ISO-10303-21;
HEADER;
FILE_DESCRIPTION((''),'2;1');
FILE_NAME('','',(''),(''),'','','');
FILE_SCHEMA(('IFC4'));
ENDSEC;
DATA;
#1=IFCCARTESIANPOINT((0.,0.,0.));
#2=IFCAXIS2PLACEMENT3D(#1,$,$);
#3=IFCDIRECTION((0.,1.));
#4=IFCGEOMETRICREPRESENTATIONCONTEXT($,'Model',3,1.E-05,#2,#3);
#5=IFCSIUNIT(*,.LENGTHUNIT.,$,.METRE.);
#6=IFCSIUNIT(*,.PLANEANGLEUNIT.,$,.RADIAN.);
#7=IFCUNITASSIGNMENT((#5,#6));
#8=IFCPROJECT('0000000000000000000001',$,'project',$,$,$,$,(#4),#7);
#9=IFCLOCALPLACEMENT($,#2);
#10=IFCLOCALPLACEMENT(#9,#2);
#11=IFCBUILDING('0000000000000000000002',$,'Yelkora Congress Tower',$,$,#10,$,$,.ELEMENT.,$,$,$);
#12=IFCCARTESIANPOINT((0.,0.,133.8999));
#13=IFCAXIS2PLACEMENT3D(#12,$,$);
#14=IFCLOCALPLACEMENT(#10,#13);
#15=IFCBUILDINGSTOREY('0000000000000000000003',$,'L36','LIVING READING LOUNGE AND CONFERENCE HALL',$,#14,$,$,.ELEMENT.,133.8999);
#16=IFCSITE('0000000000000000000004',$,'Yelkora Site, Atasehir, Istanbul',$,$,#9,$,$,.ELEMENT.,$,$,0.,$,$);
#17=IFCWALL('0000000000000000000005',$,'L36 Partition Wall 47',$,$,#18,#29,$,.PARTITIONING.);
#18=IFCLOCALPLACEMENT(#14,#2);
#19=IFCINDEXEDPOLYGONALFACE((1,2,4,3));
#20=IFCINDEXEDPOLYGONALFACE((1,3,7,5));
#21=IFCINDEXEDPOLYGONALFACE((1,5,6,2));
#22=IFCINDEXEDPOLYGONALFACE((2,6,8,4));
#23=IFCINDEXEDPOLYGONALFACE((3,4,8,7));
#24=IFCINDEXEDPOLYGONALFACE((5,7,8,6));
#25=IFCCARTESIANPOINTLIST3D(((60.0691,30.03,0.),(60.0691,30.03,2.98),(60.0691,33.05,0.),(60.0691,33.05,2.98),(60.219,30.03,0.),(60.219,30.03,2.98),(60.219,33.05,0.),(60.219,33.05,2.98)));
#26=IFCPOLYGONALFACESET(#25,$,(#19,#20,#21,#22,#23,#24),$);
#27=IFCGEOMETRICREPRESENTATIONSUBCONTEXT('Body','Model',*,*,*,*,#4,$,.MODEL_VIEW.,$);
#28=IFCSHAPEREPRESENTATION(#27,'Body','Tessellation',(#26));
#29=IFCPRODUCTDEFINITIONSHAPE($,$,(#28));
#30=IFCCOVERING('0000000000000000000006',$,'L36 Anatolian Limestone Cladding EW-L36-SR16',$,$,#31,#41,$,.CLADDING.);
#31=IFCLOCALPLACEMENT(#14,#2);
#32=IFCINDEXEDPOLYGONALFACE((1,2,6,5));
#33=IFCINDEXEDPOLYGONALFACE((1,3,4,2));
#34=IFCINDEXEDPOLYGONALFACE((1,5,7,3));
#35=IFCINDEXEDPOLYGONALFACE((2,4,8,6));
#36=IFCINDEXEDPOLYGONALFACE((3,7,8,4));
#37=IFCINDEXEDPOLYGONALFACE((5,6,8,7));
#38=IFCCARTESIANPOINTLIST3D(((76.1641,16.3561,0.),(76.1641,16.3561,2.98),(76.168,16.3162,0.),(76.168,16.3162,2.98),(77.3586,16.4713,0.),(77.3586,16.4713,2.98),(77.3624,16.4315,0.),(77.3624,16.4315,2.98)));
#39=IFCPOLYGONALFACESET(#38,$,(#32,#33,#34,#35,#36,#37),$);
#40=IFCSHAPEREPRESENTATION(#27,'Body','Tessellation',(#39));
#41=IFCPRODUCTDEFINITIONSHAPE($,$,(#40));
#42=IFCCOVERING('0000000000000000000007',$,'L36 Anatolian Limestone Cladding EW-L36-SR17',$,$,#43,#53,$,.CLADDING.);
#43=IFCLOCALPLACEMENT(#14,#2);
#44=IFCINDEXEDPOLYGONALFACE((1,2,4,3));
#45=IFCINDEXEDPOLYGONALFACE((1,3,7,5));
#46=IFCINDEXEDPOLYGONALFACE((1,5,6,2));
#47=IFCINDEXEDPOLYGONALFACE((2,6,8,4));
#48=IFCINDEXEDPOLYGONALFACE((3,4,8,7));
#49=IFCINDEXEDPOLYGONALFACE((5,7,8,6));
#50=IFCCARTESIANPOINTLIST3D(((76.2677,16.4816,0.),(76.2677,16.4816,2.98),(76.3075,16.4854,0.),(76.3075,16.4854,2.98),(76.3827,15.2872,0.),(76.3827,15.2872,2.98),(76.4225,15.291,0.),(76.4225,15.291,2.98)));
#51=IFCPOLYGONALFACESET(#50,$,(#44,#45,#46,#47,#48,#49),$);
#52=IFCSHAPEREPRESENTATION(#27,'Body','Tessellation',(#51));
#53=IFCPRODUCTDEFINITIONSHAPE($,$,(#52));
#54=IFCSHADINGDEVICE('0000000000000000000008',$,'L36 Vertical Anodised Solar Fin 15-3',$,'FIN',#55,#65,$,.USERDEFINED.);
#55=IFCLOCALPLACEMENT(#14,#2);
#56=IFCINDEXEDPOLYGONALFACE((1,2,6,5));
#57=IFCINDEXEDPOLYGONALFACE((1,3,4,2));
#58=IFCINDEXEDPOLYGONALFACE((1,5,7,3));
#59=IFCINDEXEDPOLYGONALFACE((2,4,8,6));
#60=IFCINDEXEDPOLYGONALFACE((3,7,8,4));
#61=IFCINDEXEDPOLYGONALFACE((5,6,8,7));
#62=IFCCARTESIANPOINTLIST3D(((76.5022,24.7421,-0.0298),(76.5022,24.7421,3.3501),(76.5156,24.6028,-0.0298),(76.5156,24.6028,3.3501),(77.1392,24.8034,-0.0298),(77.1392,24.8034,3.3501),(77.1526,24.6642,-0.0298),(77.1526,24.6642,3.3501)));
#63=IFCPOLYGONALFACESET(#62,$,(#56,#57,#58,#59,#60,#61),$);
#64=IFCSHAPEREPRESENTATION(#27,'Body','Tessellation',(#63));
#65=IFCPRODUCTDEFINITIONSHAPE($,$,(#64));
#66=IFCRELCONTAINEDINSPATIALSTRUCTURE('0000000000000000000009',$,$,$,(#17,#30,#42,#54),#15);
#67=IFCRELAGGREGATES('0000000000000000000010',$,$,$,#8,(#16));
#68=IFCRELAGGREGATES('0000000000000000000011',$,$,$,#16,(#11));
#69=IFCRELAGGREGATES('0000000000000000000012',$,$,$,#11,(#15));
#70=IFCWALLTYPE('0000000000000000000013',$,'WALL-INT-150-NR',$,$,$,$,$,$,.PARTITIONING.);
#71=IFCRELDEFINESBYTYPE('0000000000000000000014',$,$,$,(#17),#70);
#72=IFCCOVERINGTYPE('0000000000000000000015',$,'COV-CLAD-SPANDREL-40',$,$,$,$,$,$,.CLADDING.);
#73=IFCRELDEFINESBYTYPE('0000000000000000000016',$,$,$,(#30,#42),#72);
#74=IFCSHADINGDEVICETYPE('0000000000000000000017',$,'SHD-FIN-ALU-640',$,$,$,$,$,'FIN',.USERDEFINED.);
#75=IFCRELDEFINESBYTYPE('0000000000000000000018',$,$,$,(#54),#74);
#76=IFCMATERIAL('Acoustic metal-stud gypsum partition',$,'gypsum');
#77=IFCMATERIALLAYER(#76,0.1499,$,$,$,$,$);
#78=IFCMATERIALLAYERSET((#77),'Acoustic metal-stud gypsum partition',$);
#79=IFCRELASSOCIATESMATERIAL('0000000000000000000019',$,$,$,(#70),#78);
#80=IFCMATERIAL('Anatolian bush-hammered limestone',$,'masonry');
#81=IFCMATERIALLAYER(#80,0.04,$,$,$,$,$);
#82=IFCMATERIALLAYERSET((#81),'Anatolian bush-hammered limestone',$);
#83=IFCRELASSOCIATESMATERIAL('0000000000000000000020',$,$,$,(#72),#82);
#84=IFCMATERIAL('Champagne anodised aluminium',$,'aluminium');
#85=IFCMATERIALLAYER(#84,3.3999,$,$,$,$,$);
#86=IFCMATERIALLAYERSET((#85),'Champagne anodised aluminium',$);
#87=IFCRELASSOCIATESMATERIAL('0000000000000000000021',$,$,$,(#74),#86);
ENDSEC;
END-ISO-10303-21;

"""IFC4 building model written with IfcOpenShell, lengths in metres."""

from ifc_helpers import new_model, si_unit, direction, frame, frame_2d, origin, origin_2d, place, context, subcontext, project, spatial, rectangle, extrude, material, layer, layer_set, type_object, element, save


model = new_model("IFC4")

# Units and contexts
model_context = context("Model", 3, precision=1e-05, world=origin(), true_north=direction((0.0, 1.0)))
body_context = subcontext(model_context, "Body", "Model", "MODEL_VIEW")
ifc_project = project(units=[si_unit("LENGTHUNIT", "METRE"), si_unit("PLANEANGLEUNIT", "RADIAN")], contexts=[model_context])

# Site, building, storey
site_placement = place(None, origin())
site = spatial("IfcSite", under=ifc_project, at=site_placement, Name="Yelkora Site, Atasehir, Istanbul", CompositionType="ELEMENT", RefElevation=0.0)
building_placement = place(site_placement, origin())
building = spatial("IfcBuilding", under=site, at=building_placement, Name="Yelkora Congress Tower", CompositionType="ELEMENT")
storey_placement = place(building_placement, frame((0.0, 0.0, 133.8999)))
storey = spatial("IfcBuildingStorey", under=building, at=storey_placement, Name="L36", Description="LIVING READING LOUNGE AND CONFERENCE HALL", CompositionType="ELEMENT", Elevation=133.8999)

# Shared definitions
ifc_material_1 = material(Name="Acoustic metal-stud gypsum partition", Category="gypsum")
ifc_layer_1 = layer(ifc_material_1, 0.1499)
ifc_layer_set_1 = layer_set([ifc_layer_1], Name="Acoustic metal-stud gypsum partition")
wall_type_1 = type_object("IfcWallType", Name="WALL-INT-150-NR", PredefinedType="PARTITIONING", material=ifc_layer_set_1)

# Wall
wall_1_placement = place(storey_placement, frame((60.144, 30.03, 0.0), z_axis=(0.0, 0.0, 1.0), x_axis=(0.0, 1.0, 0.0)))
element("IfcWall", 1, at=wall_1_placement, inside=storey, type_object=wall_type_1, Name="L36 Partition Wall 47", PredefinedType="PARTITIONING", context=body_context, shape_type="SweptSolid", body=[
    extrude(rectangle(XDim=3.02, YDim=0.1499, at=frame_2d((1.51, 0.0))), origin(), (0.0, 0.0, 1.0), 2.98),
])

# Coverings
ifc_material_2 = material(Name="Anatolian bush-hammered limestone", Category="masonry")
ifc_layer_2 = layer(ifc_material_2, 0.04)
ifc_layer_set_2 = layer_set([ifc_layer_2], Name="Anatolian bush-hammered limestone")
covering_type = type_object("IfcCoveringType", Name="COV-CLAD-SPANDREL-40", PredefinedType="CLADDING", material=ifc_layer_set_2)
for number, where, z_axis, x_axis, name in (
    (2, (77.3606, 16.4514, 0.0), (0.0, 0.0, 1.0), (-0.995378, -0.096038, 0.0), "L36 Anatolian Limestone Cladding EW-L36-SR16"),
    (3, (76.2876, 16.4836, 0.0), (0.0, 0.0, 1.0), (0.095836, -0.995397, 0.0), "L36 Anatolian Limestone Cladding EW-L36-SR17"),
):
    element("IfcCovering", number, at=place(storey_placement, frame(where, z_axis=z_axis, x_axis=x_axis)), inside=storey, type_object=covering_type, Name=name, PredefinedType="CLADDING", context=body_context, shape_type="SweptSolid", body=[
        extrude(rectangle(XDim=1.2, YDim=0.04, at=frame_2d((0.6001, 0.0))), origin(), (0.0, 0.0, 1.0), 2.98),
    ])

# Shading device
ifc_material_3 = material(Name="Champagne anodised aluminium", Category="aluminium")
ifc_layer_3 = layer(ifc_material_3, 3.3999)
ifc_layer_set_3 = layer_set([ifc_layer_3], Name="Champagne anodised aluminium")
shading_device_type = type_object("IfcShadingDeviceType", Name="SHD-FIN-ALU-640", ElementType="FIN", PredefinedType="USERDEFINED", material=ifc_layer_set_3)
shading_device_placement = place(storey_placement, frame((76.8274, 24.7031, -0.0298), z_axis=(0.0, 0.0, 1.0), x_axis=(0.095846, -0.995396, 0.0)))
element("IfcShadingDevice", 4, at=shading_device_placement, inside=storey, type_object=shading_device_type, Name="L36 Vertical Anodised Solar Fin 15-3", ObjectType="FIN", PredefinedType="USERDEFINED", context=body_context, shape_type="SweptSolid", body=[
    extrude(rectangle(XDim=0.1399, YDim=0.6399, at=origin_2d()), origin(), (0.0, 0.0, 1.0), 3.3799),
])

save(model, "model.ifc")
